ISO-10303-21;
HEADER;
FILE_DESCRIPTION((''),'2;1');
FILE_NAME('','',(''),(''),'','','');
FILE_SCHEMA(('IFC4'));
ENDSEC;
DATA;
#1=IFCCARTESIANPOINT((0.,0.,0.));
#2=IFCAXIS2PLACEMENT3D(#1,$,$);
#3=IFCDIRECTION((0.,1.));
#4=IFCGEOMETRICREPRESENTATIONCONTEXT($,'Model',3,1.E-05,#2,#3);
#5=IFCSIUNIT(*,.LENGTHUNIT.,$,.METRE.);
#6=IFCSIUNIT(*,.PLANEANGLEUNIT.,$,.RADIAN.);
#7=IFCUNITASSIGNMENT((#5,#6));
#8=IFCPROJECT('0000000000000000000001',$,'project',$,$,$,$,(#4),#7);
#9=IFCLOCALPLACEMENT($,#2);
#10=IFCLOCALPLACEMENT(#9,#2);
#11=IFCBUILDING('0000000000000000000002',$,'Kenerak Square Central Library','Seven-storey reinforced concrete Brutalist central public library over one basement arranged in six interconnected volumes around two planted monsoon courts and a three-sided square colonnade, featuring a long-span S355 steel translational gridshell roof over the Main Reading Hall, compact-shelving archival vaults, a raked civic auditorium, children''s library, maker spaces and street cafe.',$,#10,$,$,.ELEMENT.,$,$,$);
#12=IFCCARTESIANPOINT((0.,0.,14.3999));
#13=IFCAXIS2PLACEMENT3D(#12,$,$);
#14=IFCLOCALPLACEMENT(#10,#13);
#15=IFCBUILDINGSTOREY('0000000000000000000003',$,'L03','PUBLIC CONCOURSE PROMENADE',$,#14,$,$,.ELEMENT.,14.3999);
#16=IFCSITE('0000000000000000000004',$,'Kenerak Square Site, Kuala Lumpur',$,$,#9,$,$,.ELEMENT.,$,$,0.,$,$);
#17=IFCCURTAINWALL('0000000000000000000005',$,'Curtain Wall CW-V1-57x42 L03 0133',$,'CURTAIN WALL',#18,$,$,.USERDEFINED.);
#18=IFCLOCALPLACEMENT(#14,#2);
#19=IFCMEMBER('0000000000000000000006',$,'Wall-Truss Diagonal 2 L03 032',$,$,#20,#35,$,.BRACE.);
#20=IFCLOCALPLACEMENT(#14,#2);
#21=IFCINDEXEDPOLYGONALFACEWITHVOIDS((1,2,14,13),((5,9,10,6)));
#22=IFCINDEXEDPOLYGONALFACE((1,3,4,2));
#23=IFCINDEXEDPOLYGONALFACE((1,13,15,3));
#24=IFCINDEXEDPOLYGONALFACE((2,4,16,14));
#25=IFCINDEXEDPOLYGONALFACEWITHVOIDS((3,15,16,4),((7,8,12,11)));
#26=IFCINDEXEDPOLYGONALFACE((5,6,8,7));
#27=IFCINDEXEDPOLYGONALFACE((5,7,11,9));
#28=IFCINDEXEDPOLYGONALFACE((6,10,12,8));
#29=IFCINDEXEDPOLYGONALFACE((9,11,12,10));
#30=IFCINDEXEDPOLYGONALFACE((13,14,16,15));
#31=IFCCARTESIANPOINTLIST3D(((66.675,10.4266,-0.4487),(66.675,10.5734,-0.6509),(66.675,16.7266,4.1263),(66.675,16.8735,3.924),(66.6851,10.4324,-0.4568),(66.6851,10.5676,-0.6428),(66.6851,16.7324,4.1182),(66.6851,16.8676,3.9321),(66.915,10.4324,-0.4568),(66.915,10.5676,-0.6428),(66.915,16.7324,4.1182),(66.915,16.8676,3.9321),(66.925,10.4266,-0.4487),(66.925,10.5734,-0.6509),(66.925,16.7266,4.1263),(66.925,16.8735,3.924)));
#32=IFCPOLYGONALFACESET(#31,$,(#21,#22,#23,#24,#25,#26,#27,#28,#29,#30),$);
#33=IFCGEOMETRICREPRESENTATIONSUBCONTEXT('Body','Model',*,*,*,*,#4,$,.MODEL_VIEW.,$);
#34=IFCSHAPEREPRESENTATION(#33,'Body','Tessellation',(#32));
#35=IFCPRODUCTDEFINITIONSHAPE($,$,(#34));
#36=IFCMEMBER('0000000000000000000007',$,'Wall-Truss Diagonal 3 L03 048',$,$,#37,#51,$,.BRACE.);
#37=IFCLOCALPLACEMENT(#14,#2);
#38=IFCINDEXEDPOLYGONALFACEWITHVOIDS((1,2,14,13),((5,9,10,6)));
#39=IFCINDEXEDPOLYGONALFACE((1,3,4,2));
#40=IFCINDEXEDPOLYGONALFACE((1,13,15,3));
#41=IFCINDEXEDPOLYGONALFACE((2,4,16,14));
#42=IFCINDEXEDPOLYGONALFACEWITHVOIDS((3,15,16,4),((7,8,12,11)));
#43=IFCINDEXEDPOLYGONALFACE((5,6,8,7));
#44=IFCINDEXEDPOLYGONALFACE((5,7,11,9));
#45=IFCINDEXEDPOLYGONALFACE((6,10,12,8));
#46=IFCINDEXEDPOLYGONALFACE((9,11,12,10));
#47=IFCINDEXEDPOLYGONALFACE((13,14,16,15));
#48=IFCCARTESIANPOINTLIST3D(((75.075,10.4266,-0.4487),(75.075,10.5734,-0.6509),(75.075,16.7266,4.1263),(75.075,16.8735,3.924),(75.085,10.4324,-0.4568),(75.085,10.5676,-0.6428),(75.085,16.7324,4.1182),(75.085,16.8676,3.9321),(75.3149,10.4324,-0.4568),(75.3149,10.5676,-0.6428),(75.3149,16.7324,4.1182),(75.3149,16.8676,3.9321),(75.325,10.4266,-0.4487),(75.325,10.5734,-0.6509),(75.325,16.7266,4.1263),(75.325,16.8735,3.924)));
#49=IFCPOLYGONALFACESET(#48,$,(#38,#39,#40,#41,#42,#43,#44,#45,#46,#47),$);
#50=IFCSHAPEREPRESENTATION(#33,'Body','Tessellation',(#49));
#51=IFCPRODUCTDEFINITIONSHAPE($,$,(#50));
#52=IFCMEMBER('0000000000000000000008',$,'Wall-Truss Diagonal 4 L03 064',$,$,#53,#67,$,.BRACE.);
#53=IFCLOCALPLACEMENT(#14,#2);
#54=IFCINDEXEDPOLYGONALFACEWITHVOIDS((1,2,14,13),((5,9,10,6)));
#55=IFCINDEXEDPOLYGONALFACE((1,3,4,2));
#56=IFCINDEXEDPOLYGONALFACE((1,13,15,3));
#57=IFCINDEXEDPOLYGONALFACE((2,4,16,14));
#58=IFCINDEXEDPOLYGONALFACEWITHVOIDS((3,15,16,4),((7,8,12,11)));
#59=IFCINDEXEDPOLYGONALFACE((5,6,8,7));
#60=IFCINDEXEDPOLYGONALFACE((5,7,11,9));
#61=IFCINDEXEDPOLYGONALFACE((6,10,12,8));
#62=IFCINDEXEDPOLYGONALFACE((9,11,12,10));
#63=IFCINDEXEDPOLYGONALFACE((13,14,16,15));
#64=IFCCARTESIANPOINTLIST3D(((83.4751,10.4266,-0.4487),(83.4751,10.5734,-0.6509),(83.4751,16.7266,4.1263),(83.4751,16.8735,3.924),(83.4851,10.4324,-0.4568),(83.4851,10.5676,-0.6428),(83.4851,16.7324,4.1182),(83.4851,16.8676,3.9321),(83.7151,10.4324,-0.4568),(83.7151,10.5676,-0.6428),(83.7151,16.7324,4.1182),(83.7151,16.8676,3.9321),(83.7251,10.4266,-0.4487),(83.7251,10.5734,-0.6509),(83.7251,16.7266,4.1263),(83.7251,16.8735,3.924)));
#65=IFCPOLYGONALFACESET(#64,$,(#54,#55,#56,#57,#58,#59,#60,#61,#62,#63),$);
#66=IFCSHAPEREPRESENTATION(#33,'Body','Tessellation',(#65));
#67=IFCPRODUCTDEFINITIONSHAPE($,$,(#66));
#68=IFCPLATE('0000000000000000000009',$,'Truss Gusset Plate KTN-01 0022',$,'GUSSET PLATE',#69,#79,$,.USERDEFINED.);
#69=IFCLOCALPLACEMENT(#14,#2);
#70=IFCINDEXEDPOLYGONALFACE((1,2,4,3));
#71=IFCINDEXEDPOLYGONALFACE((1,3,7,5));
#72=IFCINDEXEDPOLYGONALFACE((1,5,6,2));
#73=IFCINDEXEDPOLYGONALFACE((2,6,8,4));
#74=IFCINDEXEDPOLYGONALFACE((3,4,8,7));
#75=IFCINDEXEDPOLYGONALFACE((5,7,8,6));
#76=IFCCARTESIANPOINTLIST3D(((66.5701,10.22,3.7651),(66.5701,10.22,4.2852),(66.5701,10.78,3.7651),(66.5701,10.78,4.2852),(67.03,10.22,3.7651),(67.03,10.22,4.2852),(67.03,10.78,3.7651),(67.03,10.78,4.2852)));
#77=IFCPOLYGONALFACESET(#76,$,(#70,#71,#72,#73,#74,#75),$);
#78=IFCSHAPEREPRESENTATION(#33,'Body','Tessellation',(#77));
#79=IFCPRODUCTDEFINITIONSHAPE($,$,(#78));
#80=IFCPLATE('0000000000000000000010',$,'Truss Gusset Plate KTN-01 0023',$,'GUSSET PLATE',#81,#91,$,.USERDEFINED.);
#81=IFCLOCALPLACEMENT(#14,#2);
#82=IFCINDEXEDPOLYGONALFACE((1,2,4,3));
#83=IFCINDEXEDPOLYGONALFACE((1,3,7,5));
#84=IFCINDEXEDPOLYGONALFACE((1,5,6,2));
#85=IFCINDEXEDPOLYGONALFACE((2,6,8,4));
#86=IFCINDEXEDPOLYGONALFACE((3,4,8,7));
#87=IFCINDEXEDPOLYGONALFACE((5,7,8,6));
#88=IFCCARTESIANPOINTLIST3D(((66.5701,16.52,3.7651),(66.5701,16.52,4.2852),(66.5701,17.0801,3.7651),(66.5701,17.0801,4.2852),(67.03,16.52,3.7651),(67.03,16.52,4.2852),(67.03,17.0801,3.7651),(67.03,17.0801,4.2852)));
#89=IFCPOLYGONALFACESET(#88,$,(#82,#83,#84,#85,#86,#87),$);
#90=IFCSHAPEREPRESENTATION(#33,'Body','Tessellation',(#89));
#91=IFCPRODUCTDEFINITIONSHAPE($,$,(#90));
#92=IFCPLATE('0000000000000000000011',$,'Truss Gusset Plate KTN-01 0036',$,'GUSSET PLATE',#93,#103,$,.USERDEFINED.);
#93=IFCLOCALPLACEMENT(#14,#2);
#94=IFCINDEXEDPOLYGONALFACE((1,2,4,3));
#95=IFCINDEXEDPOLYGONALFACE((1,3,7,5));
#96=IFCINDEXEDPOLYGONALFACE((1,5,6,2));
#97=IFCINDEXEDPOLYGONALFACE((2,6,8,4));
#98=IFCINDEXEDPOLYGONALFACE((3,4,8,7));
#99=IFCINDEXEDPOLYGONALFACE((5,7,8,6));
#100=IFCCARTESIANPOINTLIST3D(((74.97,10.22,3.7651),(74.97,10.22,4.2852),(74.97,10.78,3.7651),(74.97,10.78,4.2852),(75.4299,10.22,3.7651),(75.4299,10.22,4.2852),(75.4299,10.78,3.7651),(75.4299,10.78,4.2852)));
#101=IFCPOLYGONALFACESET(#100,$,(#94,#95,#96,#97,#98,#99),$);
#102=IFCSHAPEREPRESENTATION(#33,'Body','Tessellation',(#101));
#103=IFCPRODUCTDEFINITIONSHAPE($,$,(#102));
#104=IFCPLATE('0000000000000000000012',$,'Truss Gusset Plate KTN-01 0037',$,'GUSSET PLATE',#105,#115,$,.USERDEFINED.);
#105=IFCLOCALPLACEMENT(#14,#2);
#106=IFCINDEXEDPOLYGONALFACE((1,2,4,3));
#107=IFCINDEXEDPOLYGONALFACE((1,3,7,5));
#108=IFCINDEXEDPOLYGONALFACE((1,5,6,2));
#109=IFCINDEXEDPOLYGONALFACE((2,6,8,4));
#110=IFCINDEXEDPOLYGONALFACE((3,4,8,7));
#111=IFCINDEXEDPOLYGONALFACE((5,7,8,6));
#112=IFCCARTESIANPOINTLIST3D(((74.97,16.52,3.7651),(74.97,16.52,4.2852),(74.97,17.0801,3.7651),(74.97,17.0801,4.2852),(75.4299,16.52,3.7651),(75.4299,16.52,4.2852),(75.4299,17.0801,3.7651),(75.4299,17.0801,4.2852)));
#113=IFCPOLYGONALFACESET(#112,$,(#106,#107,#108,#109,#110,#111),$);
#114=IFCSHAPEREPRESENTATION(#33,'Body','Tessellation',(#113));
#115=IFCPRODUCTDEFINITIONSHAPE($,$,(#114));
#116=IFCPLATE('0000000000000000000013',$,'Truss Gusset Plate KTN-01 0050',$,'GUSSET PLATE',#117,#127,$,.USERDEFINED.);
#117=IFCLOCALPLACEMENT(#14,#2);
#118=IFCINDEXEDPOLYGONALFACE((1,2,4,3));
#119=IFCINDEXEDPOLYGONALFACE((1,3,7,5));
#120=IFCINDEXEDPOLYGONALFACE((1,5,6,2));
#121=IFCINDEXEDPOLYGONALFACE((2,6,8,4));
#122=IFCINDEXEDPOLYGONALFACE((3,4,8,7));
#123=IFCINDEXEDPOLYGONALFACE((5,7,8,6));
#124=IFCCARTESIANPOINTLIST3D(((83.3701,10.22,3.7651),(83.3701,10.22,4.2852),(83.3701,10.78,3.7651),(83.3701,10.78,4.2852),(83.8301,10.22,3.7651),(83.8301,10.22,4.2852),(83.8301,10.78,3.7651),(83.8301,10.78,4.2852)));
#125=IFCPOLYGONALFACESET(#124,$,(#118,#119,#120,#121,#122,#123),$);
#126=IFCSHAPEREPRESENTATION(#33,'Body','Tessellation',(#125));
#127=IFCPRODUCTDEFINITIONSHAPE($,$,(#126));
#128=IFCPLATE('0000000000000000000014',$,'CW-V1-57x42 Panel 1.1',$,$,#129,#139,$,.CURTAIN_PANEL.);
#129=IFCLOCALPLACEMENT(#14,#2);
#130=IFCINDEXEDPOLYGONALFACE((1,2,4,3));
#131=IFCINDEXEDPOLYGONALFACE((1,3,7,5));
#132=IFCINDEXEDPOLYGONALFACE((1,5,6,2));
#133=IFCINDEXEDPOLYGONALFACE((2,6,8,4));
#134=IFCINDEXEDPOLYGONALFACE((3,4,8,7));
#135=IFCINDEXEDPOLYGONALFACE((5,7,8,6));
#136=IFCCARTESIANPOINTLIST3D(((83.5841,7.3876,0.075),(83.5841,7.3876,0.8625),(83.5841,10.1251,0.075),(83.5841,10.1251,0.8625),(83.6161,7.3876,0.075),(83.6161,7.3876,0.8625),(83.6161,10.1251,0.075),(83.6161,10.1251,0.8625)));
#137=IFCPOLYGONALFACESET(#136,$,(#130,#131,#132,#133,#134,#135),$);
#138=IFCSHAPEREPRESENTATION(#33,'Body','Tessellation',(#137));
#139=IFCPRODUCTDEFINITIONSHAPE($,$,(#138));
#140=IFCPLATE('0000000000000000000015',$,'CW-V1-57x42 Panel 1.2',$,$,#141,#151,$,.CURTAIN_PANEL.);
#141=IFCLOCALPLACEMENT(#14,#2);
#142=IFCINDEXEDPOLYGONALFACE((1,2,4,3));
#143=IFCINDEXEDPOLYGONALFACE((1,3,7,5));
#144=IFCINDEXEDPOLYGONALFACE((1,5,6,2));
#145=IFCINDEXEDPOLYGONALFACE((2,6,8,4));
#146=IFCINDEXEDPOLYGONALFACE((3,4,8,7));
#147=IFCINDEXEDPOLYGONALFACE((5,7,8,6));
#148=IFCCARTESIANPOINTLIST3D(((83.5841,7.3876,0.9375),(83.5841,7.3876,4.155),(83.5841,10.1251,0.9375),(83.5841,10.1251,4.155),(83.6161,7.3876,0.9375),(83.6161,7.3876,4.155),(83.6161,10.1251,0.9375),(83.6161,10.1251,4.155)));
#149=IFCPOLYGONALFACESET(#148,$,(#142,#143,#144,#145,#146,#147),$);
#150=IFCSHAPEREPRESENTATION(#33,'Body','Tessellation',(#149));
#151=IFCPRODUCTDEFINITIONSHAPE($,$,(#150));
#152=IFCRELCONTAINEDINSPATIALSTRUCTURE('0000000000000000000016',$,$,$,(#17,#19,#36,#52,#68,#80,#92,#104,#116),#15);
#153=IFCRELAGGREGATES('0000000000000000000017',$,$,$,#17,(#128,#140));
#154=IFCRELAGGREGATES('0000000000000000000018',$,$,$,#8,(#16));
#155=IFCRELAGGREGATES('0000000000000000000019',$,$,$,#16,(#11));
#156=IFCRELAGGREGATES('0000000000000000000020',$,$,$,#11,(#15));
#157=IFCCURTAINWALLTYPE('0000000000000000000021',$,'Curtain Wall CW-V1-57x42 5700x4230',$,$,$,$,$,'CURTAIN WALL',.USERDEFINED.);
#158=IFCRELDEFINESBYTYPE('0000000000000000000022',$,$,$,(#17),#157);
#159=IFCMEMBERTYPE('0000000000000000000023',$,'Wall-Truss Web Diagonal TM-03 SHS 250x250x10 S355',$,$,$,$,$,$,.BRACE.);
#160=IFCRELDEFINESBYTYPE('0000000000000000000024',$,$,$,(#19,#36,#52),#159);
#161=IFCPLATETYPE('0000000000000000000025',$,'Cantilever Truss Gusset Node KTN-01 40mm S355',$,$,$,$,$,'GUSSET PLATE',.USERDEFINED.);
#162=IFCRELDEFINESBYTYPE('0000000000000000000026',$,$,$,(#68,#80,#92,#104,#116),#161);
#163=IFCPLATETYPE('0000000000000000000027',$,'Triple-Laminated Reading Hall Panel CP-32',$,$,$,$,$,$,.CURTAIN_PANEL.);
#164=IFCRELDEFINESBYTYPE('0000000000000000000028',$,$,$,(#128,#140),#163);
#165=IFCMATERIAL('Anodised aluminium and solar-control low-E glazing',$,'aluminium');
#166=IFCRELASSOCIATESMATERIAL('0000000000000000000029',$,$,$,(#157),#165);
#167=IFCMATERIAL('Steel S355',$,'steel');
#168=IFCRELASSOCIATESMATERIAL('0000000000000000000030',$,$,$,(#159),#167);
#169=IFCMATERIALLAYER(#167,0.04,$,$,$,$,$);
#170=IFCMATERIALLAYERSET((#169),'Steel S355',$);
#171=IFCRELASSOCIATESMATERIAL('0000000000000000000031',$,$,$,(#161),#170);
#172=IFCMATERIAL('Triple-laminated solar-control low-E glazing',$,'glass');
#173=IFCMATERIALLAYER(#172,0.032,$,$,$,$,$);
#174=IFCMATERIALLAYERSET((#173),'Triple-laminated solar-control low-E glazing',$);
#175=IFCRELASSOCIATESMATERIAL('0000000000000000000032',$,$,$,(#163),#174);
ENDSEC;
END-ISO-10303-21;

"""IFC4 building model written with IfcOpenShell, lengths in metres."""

from ifc_helpers import new_model, si_unit, direction, frame, origin, origin_2d, place, context, subcontext, project, spatial, rectangle, hollow_rectangle, extrude, material, layer, layer_set, material_profile, profile_set, type_object, element, aggregate, save


model = new_model("IFC4")

# Units and contexts
model_context = context("Model", 3, precision=1e-05, world=origin(), true_north=direction((0.0, 1.0)))
body_context = subcontext(model_context, "Body", "Model", "MODEL_VIEW")
ifc_project = project(units=[si_unit("LENGTHUNIT", "METRE"), si_unit("PLANEANGLEUNIT", "RADIAN")], contexts=[model_context])

# Site, building, storey
site_placement = place(None, origin())
site = spatial("IfcSite", under=ifc_project, at=site_placement, Name="Kenerak Square Site, Kuala Lumpur", CompositionType="ELEMENT", RefElevation=0.0)
building_placement = place(site_placement, origin())
building = spatial("IfcBuilding", under=site, at=building_placement, Name="Kenerak Square Central Library", Description="Seven-storey reinforced concrete Brutalist central public library over one basement arranged in six interconnected volumes around two planted monsoon courts and a three-sided square colonnade, featuring a long-span S355 steel translational gridshell roof over the Main Reading Hall, compact-shelving archival vaults, a raked civic auditorium, children's library, maker spaces and street cafe.", CompositionType="ELEMENT")
storey_placement = place(building_placement, frame((0.0, 0.0, 14.3999)))
storey = spatial("IfcBuildingStorey", under=building, at=storey_placement, Name="L03", Description="PUBLIC CONCOURSE PROMENADE", CompositionType="ELEMENT", Elevation=14.3999)

# Shared definitions
ifc_material_1 = material(Name="Steel S355", Category="steel")

# Curtain wall
ifc_material_2 = material(Name="Anodised aluminium and solar-control low-E glazing", Category="aluminium")
curtain_wall_type = type_object("IfcCurtainWallType", Name="Curtain Wall CW-V1-57x42 5700x4230", ElementType="CURTAIN WALL", PredefinedType="USERDEFINED", material=ifc_material_2)
curtain_wall_placement = place(storey_placement, origin())
curtain_wall = element("IfcCurtainWall", 1, at=curtain_wall_placement, inside=storey, type_object=curtain_wall_type, Name="Curtain Wall CW-V1-57x42 L03 0133", ObjectType="CURTAIN WALL", PredefinedType="USERDEFINED")

# Members
ifc_material_profile_1 = material_profile(ifc_material_1, hollow_rectangle(XDim=0.25, YDim=0.25, WallThickness=0.01, at=origin_2d()), Name="SHS 250x250x10.0")
ifc_profile_set_1 = profile_set([ifc_material_profile_1], Name="Steel S355")
member_type_1 = type_object("IfcMemberType", Name="Wall-Truss Web Diagonal TM-03 SHS 250x250x10 S355", PredefinedType="BRACE", material=ifc_profile_set_1)
for number, where, z_axis, x_axis, name in (
    (2, (66.8, 10.5, -0.5498), (0.0, 0.809158, 0.587592), (-1.0, 0.0, 0.0), "Wall-Truss Diagonal 2 L03 032"),
    (3, (75.2, 10.5, -0.5498), (0.0, 0.809158, 0.587592), (-1.0, 0.0, 0.0), "Wall-Truss Diagonal 3 L03 048"),
    (4, (83.6001, 10.5, -0.5498), (0.0, 0.809158, 0.587592), (-1.0, 0.0, 0.0), "Wall-Truss Diagonal 4 L03 064"),
):
    element("IfcMember", number, at=place(storey_placement, frame(where, z_axis=z_axis, x_axis=x_axis)), inside=storey, type_object=member_type_1, Name=name, PredefinedType="BRACE", context=body_context, shape_type="SweptSolid", body=[
        extrude(hollow_rectangle(XDim=0.25, YDim=0.25, WallThickness=0.01, at=origin_2d()), origin(), (0.0, 0.0, 1.0), 7.7859),
    ])

# Plates
ifc_layer_1 = layer(ifc_material_1, 0.04)
ifc_layer_set_1 = layer_set([ifc_layer_1], Name="Steel S355")
plate_type_1 = type_object("IfcPlateType", Name="Cantilever Truss Gusset Node KTN-01 40mm S355", ElementType="GUSSET PLATE", PredefinedType="USERDEFINED", material=ifc_layer_set_1)
for number, where, z_axis, x_axis, name in (
    (5, (66.8, 10.5, 3.7651), (0.0, 0.0, 1.0), (1.0, 0.0, 0.0), "Truss Gusset Plate KTN-01 0022"),
    (6, (66.8, 16.8, 3.7651), (0.0, 0.0, 1.0), (1.0, 0.0, 0.0), "Truss Gusset Plate KTN-01 0023"),
    (7, (75.2, 10.5, 3.7651), (0.0, 0.0, 1.0), (1.0, 0.0, 0.0), "Truss Gusset Plate KTN-01 0036"),
    (8, (75.2, 16.8, 3.7651), (0.0, 0.0, 1.0), (1.0, 0.0, 0.0), "Truss Gusset Plate KTN-01 0037"),
    (9, (83.6001, 10.5, 3.7651), (0.0, 0.0, 1.0), (1.0, 0.0, 0.0), "Truss Gusset Plate KTN-01 0050"),
):
    element("IfcPlate", number, at=place(storey_placement, frame(where, z_axis=z_axis, x_axis=x_axis)), inside=storey, type_object=plate_type_1, Name=name, ObjectType="GUSSET PLATE", PredefinedType="USERDEFINED", context=body_context, shape_type="SweptSolid", body=[
        extrude(rectangle(XDim=0.46, YDim=0.5601, at=origin_2d()), origin(), (0.0, 0.0, 1.0), 0.52),
    ])

# Plates
ifc_material_3 = material(Name="Triple-laminated solar-control low-E glazing", Category="glass")
ifc_layer_2 = layer(ifc_material_3, 0.032)
ifc_layer_set_2 = layer_set([ifc_layer_2], Name="Triple-laminated solar-control low-E glazing")
plate_type_2 = type_object("IfcPlateType", Name="Triple-Laminated Reading Hall Panel CP-32", PredefinedType="CURTAIN_PANEL", material=ifc_layer_set_2)
plate_1_placement = place(storey_placement, frame((83.6001, 8.7563, 0.075), z_axis=(0.0, 0.0, 1.0), x_axis=(0.0, -1.0, 0.0)))
plate_1 = element("IfcPlate", 10, at=plate_1_placement, type_object=plate_type_2, Name="CW-V1-57x42 Panel 1.1", PredefinedType="CURTAIN_PANEL", context=body_context, shape_type="SweptSolid", body=[
    extrude(rectangle(XDim=2.7375, YDim=0.032, at=origin_2d()), origin(), (0.0, 0.0, 1.0), 0.7876),
])
plate_2_placement = place(storey_placement, frame((83.6001, 8.7563, 0.9375), z_axis=(0.0, 0.0, 1.0), x_axis=(0.0, -1.0, 0.0)))
plate_2 = element("IfcPlate", 11, at=plate_2_placement, type_object=plate_type_2, Name="CW-V1-57x42 Panel 1.2", PredefinedType="CURTAIN_PANEL", context=body_context, shape_type="SweptSolid", body=[
    extrude(rectangle(XDim=2.7375, YDim=0.032, at=origin_2d()), origin(), (0.0, 0.0, 1.0), 3.2175),
])
aggregate(curtain_wall, [plate_1, plate_2])

save(model, "model.ifc")
